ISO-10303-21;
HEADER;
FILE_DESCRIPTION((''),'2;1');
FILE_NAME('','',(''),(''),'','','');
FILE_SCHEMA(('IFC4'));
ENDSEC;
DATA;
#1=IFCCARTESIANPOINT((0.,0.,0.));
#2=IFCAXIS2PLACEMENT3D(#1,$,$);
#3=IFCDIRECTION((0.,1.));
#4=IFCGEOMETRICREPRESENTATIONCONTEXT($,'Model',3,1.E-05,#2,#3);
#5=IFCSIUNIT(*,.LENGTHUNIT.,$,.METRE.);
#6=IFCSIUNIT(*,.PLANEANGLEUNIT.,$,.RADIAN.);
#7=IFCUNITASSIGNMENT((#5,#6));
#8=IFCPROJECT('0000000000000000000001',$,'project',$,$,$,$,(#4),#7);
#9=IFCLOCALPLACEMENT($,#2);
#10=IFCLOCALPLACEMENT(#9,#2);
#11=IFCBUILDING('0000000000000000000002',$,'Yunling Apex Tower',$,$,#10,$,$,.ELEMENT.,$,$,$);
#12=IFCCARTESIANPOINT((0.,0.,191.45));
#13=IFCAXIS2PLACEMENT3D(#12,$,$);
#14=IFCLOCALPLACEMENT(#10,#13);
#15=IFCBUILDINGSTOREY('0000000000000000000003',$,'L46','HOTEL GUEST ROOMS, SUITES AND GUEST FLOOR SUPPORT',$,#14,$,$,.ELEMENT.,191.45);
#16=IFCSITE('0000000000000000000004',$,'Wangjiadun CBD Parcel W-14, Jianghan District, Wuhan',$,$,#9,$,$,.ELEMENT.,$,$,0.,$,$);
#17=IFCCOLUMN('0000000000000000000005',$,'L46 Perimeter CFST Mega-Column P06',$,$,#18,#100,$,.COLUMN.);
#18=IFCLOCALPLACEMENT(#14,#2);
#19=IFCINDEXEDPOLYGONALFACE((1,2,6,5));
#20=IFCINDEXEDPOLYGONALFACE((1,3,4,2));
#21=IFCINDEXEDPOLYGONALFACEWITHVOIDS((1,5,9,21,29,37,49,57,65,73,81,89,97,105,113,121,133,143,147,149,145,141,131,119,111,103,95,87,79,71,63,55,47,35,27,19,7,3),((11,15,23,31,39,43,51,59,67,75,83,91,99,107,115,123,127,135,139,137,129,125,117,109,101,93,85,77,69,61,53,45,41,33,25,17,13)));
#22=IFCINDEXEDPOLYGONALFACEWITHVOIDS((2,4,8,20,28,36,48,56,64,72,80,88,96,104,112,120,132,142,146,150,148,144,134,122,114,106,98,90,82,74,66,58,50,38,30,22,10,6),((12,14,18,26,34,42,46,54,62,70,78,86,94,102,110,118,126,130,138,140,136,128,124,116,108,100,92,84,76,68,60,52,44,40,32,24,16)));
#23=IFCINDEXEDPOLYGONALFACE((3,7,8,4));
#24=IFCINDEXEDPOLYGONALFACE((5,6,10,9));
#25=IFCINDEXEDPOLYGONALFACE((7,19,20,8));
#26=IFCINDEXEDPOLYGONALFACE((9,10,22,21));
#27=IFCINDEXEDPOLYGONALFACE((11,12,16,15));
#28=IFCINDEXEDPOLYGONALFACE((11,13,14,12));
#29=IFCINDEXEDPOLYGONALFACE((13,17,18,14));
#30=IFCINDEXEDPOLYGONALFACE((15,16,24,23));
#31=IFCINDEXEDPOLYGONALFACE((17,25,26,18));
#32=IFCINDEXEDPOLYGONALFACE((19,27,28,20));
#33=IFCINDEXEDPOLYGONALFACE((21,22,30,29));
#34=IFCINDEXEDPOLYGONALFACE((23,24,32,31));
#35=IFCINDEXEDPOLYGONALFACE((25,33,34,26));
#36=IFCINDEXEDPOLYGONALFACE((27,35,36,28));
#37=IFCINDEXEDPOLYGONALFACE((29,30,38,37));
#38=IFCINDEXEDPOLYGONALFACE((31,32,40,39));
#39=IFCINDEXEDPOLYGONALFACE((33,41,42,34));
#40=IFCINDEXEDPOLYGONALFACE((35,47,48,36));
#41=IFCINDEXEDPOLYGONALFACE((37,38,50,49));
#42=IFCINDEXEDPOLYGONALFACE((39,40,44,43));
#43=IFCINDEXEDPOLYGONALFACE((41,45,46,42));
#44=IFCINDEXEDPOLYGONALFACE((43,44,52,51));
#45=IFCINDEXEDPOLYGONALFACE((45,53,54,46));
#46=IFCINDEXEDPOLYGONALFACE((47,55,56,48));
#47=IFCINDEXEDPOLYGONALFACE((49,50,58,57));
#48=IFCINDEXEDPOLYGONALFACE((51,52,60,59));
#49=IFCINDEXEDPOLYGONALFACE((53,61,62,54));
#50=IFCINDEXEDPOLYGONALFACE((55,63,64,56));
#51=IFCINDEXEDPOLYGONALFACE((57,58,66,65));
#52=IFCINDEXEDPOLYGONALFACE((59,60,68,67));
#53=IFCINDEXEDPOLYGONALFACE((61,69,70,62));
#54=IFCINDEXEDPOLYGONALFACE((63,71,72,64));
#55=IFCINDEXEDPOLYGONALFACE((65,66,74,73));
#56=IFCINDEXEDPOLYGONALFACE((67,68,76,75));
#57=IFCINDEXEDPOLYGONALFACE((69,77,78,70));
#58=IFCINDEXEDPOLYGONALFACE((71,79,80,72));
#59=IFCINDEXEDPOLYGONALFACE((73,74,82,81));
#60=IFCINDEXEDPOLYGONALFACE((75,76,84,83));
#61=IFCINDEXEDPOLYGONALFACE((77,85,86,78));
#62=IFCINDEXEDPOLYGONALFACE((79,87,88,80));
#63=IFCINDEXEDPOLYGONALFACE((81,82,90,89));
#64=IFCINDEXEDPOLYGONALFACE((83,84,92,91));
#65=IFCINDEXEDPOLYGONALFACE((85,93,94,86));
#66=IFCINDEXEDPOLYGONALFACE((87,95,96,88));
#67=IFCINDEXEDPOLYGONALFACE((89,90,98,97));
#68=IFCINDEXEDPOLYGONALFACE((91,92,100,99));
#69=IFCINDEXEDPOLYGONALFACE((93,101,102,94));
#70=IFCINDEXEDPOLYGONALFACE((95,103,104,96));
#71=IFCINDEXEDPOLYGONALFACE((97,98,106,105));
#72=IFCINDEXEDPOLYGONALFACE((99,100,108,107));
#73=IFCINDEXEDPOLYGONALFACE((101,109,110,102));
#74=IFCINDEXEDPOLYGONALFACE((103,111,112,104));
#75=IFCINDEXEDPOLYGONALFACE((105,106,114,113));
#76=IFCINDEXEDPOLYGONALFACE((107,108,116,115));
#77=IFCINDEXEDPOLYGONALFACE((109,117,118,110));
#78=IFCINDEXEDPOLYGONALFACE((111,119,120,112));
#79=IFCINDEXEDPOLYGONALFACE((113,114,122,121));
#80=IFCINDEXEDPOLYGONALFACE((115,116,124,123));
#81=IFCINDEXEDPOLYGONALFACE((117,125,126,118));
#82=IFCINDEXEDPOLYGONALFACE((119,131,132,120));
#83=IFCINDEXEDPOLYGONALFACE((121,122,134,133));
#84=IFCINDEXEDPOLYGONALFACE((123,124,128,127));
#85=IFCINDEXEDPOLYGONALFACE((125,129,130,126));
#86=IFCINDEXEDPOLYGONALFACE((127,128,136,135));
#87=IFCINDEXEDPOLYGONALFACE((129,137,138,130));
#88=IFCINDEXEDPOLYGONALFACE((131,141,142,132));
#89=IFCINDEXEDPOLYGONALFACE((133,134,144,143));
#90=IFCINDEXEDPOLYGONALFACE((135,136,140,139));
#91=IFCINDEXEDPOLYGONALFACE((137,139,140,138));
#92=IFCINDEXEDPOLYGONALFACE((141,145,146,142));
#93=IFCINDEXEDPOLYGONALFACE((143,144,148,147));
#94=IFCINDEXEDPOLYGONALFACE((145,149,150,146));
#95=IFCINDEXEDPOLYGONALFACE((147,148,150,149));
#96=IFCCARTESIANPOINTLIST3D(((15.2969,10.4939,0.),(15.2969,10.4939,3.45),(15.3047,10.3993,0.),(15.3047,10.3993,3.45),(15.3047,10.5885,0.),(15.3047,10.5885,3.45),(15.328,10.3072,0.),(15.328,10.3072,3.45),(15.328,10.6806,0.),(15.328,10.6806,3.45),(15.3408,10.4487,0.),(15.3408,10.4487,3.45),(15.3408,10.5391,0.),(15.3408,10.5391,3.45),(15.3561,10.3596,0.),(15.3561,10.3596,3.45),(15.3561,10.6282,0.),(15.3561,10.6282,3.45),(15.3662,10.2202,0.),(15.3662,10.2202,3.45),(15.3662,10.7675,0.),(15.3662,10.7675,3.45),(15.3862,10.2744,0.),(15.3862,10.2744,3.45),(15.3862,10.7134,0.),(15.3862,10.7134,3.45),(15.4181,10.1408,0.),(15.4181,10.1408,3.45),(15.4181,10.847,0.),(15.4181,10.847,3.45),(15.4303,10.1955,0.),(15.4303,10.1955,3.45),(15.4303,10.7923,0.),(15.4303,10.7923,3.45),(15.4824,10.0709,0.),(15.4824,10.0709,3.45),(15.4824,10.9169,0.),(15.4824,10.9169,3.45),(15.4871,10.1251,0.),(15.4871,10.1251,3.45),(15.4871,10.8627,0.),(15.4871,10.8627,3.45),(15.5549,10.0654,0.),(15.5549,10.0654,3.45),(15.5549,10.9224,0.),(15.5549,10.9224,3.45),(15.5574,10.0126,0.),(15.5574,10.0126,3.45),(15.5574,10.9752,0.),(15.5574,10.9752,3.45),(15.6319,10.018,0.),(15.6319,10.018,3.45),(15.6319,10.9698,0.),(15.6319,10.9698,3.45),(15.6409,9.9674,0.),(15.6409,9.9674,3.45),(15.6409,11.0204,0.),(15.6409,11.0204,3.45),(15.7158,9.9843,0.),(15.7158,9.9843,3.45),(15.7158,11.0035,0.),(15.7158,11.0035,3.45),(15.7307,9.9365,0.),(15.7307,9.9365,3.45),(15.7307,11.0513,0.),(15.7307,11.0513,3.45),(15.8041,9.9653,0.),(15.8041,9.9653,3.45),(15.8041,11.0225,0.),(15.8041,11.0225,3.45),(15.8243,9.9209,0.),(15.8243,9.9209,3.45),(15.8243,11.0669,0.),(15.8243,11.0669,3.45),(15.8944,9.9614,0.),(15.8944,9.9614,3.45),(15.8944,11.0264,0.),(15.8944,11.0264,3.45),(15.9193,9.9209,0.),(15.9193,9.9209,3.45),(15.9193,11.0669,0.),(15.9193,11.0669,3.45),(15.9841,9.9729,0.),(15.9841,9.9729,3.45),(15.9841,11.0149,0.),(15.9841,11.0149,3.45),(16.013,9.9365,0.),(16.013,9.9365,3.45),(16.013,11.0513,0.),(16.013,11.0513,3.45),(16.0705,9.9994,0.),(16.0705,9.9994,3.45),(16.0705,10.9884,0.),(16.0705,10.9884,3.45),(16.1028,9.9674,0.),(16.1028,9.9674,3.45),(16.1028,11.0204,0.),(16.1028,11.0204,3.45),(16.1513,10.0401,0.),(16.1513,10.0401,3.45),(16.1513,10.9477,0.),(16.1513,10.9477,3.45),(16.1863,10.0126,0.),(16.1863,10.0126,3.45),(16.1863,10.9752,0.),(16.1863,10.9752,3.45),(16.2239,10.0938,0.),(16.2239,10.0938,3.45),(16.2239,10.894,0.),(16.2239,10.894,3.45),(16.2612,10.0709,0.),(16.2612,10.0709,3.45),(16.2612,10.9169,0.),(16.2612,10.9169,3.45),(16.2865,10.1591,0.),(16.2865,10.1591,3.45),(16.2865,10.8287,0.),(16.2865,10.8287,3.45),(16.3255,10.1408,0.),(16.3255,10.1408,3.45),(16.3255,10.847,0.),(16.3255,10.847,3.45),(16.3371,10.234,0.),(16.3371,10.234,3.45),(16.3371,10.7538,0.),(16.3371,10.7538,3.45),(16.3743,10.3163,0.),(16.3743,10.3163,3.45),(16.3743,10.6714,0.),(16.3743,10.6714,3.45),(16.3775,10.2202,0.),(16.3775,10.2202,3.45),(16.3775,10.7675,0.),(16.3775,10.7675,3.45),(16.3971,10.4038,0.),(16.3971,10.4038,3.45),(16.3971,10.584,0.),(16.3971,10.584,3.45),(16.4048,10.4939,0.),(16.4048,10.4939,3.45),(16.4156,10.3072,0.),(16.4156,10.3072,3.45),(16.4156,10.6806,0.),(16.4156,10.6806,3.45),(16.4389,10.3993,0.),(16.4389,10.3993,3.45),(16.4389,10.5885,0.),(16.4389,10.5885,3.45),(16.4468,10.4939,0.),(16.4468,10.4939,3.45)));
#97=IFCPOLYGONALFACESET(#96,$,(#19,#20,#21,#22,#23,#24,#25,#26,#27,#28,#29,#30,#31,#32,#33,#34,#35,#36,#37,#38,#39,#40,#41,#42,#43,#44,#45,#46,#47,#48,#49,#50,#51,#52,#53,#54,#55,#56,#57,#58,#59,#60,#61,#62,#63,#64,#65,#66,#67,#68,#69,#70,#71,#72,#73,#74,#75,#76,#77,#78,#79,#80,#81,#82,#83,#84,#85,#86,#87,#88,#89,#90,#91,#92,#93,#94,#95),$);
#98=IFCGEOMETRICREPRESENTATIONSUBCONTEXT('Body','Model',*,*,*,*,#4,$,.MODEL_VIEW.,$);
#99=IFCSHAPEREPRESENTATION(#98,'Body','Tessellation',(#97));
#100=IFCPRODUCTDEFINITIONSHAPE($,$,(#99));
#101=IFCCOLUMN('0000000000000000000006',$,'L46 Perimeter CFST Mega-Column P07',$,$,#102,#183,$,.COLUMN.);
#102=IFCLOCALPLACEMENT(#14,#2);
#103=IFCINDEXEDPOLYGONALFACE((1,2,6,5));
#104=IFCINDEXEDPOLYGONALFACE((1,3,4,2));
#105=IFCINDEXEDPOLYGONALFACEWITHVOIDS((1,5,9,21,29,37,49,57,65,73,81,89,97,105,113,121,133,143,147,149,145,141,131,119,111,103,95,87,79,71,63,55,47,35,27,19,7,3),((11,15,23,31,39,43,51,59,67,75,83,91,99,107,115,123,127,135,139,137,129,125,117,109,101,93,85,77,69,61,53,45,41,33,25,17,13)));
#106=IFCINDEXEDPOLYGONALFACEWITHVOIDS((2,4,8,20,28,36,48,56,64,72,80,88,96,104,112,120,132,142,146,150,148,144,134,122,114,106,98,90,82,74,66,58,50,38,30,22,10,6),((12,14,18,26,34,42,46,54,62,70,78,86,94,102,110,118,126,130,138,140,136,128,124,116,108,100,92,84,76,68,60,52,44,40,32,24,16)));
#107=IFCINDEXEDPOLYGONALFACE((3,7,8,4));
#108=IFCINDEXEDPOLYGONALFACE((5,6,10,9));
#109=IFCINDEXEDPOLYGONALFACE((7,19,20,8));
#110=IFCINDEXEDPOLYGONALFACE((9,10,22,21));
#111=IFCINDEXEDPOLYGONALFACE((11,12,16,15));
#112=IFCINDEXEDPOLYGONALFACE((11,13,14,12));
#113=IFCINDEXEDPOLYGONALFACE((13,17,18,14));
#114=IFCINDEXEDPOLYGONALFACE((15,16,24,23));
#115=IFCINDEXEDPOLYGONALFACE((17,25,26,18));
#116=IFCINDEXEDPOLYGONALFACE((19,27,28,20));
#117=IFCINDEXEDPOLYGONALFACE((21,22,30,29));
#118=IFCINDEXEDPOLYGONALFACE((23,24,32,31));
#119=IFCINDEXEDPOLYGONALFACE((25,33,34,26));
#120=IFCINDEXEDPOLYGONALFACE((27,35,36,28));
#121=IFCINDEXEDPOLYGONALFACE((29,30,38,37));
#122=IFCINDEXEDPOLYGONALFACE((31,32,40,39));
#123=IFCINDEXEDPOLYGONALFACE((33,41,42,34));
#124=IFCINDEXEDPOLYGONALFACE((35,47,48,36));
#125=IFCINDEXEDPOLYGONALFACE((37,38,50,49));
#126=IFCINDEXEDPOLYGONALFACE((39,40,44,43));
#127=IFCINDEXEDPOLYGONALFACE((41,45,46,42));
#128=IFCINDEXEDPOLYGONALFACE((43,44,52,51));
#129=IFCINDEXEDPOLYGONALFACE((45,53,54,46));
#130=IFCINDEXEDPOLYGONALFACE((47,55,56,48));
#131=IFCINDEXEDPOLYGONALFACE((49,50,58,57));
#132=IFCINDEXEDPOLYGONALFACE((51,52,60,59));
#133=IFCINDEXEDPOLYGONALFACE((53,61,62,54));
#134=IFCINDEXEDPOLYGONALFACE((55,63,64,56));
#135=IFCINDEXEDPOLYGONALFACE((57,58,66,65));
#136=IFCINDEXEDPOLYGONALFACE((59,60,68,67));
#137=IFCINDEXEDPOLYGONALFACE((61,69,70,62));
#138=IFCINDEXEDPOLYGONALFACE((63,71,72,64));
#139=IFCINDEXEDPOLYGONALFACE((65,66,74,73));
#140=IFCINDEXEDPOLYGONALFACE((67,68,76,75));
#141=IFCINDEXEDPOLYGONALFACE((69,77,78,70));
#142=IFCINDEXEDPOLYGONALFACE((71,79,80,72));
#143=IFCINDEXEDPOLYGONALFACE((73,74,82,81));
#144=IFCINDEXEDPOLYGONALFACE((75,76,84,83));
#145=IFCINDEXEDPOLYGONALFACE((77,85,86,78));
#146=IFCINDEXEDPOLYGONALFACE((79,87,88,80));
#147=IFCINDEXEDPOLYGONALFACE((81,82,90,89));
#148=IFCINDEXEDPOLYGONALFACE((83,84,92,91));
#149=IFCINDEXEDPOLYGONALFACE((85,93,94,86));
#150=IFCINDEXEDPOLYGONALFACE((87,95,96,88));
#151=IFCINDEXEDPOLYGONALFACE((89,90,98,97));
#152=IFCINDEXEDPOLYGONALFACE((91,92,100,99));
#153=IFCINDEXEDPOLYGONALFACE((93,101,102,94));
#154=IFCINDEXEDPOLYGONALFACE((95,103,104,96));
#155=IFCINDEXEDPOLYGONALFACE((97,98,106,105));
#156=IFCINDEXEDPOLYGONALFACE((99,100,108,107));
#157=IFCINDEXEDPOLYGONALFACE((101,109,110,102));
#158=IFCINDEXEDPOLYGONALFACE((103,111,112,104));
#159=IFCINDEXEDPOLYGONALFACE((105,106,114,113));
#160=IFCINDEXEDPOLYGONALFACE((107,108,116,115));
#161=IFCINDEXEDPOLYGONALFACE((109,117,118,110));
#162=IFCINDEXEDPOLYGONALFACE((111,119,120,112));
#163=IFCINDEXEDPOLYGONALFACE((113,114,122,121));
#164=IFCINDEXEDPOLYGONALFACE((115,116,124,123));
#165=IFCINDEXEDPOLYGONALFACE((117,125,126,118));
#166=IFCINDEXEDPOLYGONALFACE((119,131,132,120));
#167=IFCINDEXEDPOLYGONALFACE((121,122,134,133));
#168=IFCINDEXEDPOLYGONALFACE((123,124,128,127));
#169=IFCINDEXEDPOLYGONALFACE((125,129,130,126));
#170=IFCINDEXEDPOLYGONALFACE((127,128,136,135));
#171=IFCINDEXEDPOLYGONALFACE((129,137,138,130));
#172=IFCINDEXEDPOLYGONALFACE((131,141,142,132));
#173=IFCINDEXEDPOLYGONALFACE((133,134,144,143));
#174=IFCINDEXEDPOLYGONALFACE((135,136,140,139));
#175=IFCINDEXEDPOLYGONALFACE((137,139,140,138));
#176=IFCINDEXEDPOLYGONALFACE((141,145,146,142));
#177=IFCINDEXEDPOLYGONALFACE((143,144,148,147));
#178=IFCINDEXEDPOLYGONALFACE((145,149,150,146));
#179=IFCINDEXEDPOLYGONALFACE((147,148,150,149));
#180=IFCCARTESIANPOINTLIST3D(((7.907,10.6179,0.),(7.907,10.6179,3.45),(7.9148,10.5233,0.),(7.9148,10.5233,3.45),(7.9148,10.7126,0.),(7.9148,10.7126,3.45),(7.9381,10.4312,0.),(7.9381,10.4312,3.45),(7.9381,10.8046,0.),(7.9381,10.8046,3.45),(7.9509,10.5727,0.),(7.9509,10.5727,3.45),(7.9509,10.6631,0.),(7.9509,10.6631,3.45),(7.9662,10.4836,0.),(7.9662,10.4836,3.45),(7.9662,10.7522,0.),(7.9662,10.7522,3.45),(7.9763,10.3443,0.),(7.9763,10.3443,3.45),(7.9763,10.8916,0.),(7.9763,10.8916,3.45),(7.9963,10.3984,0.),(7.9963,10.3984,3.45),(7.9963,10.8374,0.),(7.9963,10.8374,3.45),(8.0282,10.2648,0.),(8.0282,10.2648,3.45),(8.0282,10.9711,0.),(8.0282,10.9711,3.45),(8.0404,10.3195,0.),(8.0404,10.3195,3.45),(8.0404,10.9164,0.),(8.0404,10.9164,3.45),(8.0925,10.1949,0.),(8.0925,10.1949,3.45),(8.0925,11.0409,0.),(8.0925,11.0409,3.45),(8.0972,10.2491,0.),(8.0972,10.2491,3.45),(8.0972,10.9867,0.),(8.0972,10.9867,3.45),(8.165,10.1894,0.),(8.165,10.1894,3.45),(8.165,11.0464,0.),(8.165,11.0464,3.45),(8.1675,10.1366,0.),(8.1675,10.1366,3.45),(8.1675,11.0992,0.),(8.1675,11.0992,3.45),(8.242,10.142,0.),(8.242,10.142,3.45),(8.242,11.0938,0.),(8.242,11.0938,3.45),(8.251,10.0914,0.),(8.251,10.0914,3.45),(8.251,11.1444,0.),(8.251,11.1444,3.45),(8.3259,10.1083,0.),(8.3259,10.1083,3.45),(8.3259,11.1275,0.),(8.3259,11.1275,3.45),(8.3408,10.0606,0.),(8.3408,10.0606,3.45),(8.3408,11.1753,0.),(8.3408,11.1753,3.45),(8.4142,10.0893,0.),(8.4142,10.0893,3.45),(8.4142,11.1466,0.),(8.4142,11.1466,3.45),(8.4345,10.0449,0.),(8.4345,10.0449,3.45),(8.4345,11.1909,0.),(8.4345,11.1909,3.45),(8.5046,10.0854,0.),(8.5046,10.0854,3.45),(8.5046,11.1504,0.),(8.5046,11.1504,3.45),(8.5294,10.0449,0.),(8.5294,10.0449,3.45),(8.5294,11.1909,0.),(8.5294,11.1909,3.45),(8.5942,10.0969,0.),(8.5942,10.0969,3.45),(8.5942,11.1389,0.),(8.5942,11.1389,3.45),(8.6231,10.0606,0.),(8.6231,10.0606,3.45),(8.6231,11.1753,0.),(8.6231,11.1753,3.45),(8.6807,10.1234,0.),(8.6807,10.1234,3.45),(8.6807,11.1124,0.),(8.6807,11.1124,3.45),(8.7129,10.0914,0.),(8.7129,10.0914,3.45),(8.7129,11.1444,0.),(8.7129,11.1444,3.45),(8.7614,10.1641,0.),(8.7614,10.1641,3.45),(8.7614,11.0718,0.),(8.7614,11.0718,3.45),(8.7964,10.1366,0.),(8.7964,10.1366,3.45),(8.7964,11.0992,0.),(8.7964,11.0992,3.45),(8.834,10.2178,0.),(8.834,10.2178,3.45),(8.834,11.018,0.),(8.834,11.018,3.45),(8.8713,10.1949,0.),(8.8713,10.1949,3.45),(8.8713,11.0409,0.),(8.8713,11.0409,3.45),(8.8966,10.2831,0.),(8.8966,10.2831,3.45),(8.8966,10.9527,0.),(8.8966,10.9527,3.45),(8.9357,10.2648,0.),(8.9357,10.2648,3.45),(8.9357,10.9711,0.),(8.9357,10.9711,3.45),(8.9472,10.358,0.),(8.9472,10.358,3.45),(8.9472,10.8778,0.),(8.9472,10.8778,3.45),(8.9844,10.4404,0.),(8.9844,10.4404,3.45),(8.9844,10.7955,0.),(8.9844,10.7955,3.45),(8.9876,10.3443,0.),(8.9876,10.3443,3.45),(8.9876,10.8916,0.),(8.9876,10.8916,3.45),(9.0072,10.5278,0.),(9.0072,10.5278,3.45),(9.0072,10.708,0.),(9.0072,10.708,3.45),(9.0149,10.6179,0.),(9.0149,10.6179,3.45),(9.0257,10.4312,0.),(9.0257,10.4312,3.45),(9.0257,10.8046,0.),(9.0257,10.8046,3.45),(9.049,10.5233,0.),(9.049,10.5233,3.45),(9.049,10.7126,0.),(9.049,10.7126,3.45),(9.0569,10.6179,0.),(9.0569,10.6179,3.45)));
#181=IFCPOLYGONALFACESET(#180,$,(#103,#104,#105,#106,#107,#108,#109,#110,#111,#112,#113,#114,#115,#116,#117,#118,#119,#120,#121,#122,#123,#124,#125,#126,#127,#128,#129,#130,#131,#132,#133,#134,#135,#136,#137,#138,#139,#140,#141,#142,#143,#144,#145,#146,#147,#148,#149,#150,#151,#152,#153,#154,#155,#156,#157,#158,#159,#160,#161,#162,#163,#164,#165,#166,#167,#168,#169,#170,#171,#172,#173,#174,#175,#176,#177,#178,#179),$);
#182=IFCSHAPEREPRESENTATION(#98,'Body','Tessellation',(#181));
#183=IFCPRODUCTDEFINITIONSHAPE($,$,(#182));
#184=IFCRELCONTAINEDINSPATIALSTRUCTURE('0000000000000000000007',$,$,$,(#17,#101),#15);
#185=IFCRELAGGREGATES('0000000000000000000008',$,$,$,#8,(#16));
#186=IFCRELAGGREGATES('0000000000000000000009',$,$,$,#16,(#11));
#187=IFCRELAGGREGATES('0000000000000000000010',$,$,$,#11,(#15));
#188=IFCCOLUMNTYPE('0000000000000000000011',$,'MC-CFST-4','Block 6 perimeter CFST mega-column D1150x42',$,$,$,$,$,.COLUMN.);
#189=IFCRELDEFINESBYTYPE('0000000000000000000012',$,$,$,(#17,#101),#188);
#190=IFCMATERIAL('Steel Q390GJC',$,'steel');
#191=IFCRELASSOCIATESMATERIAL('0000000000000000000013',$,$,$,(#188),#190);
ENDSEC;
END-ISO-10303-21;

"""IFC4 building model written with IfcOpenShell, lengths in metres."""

from ifc_helpers import new_model, si_unit, direction, frame, origin, origin_2d, place, context, subcontext, project, spatial, hollow_circle, extrude, source, transform, mapped, material, material_profile, profile_set, type_object, element, save


model = new_model("IFC4")

# Units and contexts
model_context = context("Model", 3, precision=1e-05, world=origin(), true_north=direction((0.0, 1.0)))
body_context = subcontext(model_context, "Body", "Model", "MODEL_VIEW")
ifc_project = project(units=[si_unit("LENGTHUNIT", "METRE"), si_unit("PLANEANGLEUNIT", "RADIAN")], contexts=[model_context])

# Site, building, storey
site_placement = place(None, origin())
site = spatial("IfcSite", under=ifc_project, at=site_placement, Name="Wangjiadun CBD Parcel W-14, Jianghan District, Wuhan", CompositionType="ELEMENT", RefElevation=0.0)
building_placement = place(site_placement, origin())
building = spatial("IfcBuilding", under=site, at=building_placement, Name="Yunling Apex Tower", CompositionType="ELEMENT")
storey_placement = place(building_placement, frame((0.0, 0.0, 191.45)))
storey = spatial("IfcBuildingStorey", under=building, at=storey_placement, Name="L46", Description="HOTEL GUEST ROOMS, SUITES AND GUEST FLOOR SUPPORT", CompositionType="ELEMENT", Elevation=191.45)

# Columns
ifc_material_1 = material(Name="Steel Q390GJC", Category="steel")
ifc_material_profile_1 = material_profile(ifc_material_1, hollow_circle(Radius=0.575, WallThickness=0.042, at=origin_2d()))
ifc_profile_set_1 = profile_set([ifc_material_profile_1], Name="Steel Q390GJC")
column_type = type_object("IfcColumnType", Name="MC-CFST-4", Description="Block 6 perimeter CFST mega-column D1150x42", PredefinedType="COLUMN", material=ifc_profile_set_1)
shared_shape_1 = source(origin(), body_context, "Body", "SweptSolid", [
    extrude(hollow_circle(Radius=0.575, WallThickness=0.042, at=origin_2d()), origin(), (0.0, 0.0, 1.0), 3.45),
])
for number, where, z_axis, x_axis, name in (
    (1, (15.8718, 10.4939, 0.0), (0.0, 0.0, 1.0), (1.0, 0.0, 0.0), "L46 Perimeter CFST Mega-Column P06"),
    (2, (8.4819, 10.6179, 0.0), (0.0, 0.0, 1.0), (1.0, 0.0, 0.0), "L46 Perimeter CFST Mega-Column P07"),
):
    element("IfcColumn", number, at=place(storey_placement, frame(where, z_axis=z_axis, x_axis=x_axis)), inside=storey, type_object=column_type, Name=name, PredefinedType="COLUMN", context=body_context, shape_type="MappedRepresentation", body=[
        mapped(shared_shape_1, transform((0.0, 0.0, 0.0), scale=1.0)),
    ])

save(model, "model.ifc")
